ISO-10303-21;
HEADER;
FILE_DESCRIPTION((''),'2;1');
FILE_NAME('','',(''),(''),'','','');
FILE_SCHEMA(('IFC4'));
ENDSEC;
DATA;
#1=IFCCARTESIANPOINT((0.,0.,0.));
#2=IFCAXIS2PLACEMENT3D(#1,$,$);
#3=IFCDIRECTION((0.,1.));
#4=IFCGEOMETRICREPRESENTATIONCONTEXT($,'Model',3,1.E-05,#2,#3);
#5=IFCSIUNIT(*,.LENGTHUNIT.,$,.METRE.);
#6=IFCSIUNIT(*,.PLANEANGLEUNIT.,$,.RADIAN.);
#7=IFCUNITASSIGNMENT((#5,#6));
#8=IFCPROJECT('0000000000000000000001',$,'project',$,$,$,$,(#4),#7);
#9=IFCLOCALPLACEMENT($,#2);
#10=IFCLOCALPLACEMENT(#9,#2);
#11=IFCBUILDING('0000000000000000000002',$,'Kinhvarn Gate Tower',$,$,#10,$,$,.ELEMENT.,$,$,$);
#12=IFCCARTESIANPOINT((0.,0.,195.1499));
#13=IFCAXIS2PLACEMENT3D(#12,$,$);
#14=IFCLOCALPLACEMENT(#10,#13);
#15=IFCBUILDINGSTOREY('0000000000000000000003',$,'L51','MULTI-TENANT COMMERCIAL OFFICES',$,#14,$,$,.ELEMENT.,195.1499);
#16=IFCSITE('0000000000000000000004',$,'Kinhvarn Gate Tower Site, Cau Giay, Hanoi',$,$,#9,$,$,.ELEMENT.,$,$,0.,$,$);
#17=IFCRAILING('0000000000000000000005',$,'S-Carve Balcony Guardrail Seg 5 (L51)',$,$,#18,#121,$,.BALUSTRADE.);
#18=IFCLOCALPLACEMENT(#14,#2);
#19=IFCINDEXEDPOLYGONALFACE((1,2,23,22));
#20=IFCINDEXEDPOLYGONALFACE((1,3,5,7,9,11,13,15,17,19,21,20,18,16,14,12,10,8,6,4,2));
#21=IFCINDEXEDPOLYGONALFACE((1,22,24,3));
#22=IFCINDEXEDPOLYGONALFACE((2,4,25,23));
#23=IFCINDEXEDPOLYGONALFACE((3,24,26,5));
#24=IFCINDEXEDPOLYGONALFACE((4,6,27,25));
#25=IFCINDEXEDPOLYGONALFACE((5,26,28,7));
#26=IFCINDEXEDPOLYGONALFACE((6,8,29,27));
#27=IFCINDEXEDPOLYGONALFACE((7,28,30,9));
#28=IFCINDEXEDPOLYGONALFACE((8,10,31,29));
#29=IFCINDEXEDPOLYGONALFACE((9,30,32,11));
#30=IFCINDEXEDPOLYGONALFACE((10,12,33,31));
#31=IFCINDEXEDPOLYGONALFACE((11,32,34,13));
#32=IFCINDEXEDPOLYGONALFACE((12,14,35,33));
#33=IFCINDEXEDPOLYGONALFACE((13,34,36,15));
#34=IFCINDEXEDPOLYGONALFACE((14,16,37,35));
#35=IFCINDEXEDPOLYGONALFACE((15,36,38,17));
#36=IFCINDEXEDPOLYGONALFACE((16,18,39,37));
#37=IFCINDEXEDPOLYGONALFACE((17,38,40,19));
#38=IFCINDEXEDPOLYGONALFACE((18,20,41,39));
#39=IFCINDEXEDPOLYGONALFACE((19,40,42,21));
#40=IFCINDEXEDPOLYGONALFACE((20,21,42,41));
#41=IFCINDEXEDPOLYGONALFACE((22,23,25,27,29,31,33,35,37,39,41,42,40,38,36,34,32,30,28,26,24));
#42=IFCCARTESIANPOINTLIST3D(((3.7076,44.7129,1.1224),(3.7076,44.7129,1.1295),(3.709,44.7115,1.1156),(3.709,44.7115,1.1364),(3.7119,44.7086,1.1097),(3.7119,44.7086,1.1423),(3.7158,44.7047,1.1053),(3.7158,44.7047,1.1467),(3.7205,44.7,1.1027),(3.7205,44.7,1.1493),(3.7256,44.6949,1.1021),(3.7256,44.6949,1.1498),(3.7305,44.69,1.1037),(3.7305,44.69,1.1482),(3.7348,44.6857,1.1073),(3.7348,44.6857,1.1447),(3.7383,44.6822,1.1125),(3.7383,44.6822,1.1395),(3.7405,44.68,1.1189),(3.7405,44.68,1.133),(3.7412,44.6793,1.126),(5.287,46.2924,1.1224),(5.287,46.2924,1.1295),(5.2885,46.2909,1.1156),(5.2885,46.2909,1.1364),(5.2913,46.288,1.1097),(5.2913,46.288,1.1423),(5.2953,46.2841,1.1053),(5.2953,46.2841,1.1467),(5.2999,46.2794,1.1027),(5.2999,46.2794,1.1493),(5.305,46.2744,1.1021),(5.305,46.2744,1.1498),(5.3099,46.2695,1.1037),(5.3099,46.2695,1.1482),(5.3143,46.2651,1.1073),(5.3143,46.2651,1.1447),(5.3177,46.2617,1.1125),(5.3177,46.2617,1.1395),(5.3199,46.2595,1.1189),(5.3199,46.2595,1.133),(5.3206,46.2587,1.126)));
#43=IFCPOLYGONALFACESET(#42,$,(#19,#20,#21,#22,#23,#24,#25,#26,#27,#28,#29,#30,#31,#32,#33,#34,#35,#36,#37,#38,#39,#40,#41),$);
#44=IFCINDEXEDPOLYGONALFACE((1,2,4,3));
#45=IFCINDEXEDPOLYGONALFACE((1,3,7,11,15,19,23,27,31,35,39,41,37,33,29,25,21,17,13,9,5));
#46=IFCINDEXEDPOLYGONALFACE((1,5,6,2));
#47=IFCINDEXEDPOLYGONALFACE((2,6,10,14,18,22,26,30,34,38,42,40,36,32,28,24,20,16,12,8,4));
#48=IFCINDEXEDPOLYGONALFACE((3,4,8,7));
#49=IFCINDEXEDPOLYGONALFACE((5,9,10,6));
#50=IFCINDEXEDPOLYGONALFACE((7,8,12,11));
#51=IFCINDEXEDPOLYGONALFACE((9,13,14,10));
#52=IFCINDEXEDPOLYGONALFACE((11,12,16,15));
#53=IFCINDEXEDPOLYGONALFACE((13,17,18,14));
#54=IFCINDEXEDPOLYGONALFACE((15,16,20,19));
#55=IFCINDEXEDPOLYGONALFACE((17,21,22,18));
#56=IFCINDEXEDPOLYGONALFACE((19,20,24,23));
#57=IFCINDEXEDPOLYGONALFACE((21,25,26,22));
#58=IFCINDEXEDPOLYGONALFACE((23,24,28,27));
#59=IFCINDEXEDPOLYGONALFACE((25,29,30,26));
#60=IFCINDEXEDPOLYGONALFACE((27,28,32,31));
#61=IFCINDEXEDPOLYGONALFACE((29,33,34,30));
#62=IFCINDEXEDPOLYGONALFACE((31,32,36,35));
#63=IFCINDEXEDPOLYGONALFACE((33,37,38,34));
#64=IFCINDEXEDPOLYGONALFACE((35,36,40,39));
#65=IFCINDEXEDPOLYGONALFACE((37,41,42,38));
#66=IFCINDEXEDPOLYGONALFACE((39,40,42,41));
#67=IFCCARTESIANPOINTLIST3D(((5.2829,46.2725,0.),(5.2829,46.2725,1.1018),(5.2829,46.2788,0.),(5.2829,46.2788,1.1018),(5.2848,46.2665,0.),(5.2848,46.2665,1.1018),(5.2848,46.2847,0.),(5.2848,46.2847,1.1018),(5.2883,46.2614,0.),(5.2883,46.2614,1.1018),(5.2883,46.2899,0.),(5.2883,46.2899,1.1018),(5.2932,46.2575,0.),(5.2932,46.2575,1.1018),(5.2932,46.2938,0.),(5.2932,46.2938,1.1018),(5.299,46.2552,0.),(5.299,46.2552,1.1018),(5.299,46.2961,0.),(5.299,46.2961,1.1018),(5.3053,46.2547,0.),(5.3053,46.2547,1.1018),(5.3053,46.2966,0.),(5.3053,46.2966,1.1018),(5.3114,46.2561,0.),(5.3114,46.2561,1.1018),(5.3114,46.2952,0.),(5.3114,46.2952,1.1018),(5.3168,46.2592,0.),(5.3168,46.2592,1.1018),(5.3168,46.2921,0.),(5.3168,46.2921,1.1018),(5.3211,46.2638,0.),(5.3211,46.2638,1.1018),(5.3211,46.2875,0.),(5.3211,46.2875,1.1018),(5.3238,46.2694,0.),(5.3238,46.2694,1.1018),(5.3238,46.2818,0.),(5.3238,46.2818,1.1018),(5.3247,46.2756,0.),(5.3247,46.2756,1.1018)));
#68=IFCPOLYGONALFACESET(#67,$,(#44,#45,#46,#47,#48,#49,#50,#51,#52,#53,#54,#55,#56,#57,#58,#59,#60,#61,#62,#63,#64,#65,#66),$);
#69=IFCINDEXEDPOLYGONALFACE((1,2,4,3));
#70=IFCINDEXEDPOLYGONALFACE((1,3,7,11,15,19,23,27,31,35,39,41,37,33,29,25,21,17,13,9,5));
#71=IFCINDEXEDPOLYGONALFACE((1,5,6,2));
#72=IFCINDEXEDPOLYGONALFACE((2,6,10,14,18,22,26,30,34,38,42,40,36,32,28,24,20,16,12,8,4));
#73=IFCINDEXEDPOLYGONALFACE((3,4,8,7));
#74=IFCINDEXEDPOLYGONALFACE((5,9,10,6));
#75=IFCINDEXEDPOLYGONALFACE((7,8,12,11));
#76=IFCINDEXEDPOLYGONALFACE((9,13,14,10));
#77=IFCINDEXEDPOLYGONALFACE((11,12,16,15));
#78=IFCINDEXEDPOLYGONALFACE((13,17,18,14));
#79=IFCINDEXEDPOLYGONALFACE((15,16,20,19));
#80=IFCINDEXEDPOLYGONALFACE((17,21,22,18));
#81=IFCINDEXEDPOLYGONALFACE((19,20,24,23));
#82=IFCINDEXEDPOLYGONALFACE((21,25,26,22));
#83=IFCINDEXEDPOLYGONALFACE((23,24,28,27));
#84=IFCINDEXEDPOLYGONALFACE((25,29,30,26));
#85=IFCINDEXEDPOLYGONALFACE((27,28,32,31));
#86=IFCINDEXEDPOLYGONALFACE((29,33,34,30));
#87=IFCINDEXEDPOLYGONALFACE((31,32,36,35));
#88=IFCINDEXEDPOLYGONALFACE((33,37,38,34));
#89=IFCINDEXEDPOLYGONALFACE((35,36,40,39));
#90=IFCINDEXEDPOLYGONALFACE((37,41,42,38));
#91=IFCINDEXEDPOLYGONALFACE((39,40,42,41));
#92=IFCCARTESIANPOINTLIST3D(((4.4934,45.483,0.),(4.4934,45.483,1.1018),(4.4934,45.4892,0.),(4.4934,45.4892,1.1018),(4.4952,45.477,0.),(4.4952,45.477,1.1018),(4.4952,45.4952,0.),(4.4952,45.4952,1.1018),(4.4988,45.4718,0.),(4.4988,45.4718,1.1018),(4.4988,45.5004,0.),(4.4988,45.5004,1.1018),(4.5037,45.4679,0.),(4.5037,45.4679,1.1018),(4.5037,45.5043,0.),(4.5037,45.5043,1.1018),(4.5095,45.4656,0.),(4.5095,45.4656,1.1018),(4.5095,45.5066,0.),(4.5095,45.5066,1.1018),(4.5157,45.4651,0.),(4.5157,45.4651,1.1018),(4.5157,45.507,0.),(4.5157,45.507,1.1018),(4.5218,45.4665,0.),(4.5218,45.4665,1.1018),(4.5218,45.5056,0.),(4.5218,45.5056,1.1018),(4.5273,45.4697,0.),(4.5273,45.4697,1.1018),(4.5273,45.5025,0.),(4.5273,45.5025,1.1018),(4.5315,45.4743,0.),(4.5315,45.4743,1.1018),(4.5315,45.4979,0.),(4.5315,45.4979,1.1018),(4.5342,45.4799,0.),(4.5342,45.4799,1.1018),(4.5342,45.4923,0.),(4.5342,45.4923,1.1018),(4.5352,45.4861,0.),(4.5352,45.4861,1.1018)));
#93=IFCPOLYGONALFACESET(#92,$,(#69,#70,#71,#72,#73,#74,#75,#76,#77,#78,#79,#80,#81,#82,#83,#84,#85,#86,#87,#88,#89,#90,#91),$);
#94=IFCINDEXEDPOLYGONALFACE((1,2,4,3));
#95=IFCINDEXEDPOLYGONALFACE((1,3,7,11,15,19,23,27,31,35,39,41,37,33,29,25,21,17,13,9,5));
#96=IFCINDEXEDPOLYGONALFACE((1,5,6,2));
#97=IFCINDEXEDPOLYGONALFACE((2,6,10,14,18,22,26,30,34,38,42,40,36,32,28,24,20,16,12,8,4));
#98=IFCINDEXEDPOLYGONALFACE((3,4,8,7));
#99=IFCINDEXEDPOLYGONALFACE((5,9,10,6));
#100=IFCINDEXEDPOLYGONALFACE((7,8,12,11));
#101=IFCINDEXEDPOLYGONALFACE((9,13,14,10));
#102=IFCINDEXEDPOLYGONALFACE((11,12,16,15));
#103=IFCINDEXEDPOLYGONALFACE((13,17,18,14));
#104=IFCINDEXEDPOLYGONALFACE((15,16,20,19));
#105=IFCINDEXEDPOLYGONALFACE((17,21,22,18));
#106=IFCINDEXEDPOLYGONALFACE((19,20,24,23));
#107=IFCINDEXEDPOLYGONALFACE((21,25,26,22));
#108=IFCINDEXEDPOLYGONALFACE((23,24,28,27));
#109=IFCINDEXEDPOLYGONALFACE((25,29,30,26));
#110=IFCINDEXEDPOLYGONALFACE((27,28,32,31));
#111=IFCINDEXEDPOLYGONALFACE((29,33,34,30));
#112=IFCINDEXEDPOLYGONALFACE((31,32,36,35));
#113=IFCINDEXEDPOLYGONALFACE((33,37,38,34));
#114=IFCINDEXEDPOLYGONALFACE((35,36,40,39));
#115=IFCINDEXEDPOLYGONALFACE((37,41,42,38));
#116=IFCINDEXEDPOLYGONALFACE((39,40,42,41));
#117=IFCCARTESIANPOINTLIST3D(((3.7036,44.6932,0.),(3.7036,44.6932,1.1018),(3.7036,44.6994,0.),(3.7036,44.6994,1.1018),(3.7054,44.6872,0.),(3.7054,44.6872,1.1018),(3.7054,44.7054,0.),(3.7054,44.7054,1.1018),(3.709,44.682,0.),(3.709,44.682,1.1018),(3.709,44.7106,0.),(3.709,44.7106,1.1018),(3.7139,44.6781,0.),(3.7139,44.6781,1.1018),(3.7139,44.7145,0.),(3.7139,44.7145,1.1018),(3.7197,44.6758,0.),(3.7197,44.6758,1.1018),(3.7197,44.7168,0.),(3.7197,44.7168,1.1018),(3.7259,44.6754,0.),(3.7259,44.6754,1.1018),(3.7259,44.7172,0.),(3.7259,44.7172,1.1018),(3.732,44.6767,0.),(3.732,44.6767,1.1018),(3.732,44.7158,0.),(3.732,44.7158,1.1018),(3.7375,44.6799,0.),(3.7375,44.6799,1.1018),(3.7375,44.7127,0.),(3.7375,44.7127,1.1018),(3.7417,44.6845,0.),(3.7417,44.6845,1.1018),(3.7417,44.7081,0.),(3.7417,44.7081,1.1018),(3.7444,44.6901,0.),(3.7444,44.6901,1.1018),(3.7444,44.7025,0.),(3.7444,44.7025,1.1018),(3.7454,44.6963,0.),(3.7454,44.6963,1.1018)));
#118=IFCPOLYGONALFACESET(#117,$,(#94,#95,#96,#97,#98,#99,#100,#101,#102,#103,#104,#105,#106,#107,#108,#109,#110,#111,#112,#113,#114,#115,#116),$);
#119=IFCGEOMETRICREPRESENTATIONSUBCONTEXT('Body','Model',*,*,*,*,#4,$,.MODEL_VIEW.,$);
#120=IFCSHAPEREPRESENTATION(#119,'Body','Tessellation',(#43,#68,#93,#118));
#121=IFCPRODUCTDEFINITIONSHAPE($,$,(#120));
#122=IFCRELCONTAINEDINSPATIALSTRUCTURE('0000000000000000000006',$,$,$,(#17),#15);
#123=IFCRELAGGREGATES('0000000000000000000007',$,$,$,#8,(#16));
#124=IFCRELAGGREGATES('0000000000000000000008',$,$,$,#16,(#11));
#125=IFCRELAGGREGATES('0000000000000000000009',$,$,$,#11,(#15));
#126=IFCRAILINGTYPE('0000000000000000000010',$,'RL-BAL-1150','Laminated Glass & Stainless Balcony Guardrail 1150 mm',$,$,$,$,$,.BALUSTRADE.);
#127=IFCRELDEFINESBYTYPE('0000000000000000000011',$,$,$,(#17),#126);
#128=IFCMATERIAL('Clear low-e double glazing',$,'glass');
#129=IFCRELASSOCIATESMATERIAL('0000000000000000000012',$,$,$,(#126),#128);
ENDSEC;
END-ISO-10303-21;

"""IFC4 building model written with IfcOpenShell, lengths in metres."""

from ifc_helpers import new_model, si_unit, direction, frame, origin, origin_2d, place, context, subcontext, project, spatial, circle, extrude, material, type_object, element, save


model = new_model("IFC4")

# Units and contexts
model_context = context("Model", 3, precision=1e-05, world=origin(), true_north=direction((0.0, 1.0)))
body_context = subcontext(model_context, "Body", "Model", "MODEL_VIEW")
ifc_project = project(units=[si_unit("LENGTHUNIT", "METRE"), si_unit("PLANEANGLEUNIT", "RADIAN")], contexts=[model_context])

# Site, building, storey
site_placement = place(None, origin())
site = spatial("IfcSite", under=ifc_project, at=site_placement, Name="Kinhvarn Gate Tower Site, Cau Giay, Hanoi", CompositionType="ELEMENT", RefElevation=0.0)
building_placement = place(site_placement, origin())
building = spatial("IfcBuilding", under=site, at=building_placement, Name="Kinhvarn Gate Tower", CompositionType="ELEMENT")
storey_placement = place(building_placement, frame((0.0, 0.0, 195.1499)))
storey = spatial("IfcBuildingStorey", under=building, at=storey_placement, Name="L51", Description="MULTI-TENANT COMMERCIAL OFFICES", CompositionType="ELEMENT", Elevation=195.1499)

# Shared definitions
ifc_material_1 = material(Name="Clear low-e double glazing", Category="glass")

# Railing
railing_type = type_object("IfcRailingType", Name="RL-BAL-1150", Description="Laminated Glass & Stainless Balcony Guardrail 1150 mm", PredefinedType="BALUSTRADE", material=ifc_material_1)
railing_1_placement = place(storey_placement, frame((5.3037, 46.2756, 0.0)))
element("IfcRailing", 1, at=railing_1_placement, inside=storey, type_object=railing_type, Name="S-Carve Balcony Guardrail Seg 5 (L51)", PredefinedType="BALUSTRADE", context=body_context, shape_type="SweptSolid", body=[
    extrude(circle(Radius=0.0239, at=origin_2d()), frame((0.0, 0.0, 1.126), z_axis=(-0.707107, -0.707107, 0.0), x_axis=(0.707107, -0.707107, 0.0)), (0.0, 0.0, 1.0), 2.2336),
    extrude(circle(Radius=0.021, at=origin_2d()), origin(), (0.0, 0.0, 1.0), 1.1018),
    extrude(circle(Radius=0.021, at=origin_2d()), frame((-0.7896, -0.7896, 0.0)), (0.0, 0.0, 1.0), 1.1018),
    extrude(circle(Radius=0.021, at=origin_2d()), frame((-1.5793, -1.5793, 0.0)), (0.0, 0.0, 1.0), 1.1018),
])

save(model, "model.ifc")
